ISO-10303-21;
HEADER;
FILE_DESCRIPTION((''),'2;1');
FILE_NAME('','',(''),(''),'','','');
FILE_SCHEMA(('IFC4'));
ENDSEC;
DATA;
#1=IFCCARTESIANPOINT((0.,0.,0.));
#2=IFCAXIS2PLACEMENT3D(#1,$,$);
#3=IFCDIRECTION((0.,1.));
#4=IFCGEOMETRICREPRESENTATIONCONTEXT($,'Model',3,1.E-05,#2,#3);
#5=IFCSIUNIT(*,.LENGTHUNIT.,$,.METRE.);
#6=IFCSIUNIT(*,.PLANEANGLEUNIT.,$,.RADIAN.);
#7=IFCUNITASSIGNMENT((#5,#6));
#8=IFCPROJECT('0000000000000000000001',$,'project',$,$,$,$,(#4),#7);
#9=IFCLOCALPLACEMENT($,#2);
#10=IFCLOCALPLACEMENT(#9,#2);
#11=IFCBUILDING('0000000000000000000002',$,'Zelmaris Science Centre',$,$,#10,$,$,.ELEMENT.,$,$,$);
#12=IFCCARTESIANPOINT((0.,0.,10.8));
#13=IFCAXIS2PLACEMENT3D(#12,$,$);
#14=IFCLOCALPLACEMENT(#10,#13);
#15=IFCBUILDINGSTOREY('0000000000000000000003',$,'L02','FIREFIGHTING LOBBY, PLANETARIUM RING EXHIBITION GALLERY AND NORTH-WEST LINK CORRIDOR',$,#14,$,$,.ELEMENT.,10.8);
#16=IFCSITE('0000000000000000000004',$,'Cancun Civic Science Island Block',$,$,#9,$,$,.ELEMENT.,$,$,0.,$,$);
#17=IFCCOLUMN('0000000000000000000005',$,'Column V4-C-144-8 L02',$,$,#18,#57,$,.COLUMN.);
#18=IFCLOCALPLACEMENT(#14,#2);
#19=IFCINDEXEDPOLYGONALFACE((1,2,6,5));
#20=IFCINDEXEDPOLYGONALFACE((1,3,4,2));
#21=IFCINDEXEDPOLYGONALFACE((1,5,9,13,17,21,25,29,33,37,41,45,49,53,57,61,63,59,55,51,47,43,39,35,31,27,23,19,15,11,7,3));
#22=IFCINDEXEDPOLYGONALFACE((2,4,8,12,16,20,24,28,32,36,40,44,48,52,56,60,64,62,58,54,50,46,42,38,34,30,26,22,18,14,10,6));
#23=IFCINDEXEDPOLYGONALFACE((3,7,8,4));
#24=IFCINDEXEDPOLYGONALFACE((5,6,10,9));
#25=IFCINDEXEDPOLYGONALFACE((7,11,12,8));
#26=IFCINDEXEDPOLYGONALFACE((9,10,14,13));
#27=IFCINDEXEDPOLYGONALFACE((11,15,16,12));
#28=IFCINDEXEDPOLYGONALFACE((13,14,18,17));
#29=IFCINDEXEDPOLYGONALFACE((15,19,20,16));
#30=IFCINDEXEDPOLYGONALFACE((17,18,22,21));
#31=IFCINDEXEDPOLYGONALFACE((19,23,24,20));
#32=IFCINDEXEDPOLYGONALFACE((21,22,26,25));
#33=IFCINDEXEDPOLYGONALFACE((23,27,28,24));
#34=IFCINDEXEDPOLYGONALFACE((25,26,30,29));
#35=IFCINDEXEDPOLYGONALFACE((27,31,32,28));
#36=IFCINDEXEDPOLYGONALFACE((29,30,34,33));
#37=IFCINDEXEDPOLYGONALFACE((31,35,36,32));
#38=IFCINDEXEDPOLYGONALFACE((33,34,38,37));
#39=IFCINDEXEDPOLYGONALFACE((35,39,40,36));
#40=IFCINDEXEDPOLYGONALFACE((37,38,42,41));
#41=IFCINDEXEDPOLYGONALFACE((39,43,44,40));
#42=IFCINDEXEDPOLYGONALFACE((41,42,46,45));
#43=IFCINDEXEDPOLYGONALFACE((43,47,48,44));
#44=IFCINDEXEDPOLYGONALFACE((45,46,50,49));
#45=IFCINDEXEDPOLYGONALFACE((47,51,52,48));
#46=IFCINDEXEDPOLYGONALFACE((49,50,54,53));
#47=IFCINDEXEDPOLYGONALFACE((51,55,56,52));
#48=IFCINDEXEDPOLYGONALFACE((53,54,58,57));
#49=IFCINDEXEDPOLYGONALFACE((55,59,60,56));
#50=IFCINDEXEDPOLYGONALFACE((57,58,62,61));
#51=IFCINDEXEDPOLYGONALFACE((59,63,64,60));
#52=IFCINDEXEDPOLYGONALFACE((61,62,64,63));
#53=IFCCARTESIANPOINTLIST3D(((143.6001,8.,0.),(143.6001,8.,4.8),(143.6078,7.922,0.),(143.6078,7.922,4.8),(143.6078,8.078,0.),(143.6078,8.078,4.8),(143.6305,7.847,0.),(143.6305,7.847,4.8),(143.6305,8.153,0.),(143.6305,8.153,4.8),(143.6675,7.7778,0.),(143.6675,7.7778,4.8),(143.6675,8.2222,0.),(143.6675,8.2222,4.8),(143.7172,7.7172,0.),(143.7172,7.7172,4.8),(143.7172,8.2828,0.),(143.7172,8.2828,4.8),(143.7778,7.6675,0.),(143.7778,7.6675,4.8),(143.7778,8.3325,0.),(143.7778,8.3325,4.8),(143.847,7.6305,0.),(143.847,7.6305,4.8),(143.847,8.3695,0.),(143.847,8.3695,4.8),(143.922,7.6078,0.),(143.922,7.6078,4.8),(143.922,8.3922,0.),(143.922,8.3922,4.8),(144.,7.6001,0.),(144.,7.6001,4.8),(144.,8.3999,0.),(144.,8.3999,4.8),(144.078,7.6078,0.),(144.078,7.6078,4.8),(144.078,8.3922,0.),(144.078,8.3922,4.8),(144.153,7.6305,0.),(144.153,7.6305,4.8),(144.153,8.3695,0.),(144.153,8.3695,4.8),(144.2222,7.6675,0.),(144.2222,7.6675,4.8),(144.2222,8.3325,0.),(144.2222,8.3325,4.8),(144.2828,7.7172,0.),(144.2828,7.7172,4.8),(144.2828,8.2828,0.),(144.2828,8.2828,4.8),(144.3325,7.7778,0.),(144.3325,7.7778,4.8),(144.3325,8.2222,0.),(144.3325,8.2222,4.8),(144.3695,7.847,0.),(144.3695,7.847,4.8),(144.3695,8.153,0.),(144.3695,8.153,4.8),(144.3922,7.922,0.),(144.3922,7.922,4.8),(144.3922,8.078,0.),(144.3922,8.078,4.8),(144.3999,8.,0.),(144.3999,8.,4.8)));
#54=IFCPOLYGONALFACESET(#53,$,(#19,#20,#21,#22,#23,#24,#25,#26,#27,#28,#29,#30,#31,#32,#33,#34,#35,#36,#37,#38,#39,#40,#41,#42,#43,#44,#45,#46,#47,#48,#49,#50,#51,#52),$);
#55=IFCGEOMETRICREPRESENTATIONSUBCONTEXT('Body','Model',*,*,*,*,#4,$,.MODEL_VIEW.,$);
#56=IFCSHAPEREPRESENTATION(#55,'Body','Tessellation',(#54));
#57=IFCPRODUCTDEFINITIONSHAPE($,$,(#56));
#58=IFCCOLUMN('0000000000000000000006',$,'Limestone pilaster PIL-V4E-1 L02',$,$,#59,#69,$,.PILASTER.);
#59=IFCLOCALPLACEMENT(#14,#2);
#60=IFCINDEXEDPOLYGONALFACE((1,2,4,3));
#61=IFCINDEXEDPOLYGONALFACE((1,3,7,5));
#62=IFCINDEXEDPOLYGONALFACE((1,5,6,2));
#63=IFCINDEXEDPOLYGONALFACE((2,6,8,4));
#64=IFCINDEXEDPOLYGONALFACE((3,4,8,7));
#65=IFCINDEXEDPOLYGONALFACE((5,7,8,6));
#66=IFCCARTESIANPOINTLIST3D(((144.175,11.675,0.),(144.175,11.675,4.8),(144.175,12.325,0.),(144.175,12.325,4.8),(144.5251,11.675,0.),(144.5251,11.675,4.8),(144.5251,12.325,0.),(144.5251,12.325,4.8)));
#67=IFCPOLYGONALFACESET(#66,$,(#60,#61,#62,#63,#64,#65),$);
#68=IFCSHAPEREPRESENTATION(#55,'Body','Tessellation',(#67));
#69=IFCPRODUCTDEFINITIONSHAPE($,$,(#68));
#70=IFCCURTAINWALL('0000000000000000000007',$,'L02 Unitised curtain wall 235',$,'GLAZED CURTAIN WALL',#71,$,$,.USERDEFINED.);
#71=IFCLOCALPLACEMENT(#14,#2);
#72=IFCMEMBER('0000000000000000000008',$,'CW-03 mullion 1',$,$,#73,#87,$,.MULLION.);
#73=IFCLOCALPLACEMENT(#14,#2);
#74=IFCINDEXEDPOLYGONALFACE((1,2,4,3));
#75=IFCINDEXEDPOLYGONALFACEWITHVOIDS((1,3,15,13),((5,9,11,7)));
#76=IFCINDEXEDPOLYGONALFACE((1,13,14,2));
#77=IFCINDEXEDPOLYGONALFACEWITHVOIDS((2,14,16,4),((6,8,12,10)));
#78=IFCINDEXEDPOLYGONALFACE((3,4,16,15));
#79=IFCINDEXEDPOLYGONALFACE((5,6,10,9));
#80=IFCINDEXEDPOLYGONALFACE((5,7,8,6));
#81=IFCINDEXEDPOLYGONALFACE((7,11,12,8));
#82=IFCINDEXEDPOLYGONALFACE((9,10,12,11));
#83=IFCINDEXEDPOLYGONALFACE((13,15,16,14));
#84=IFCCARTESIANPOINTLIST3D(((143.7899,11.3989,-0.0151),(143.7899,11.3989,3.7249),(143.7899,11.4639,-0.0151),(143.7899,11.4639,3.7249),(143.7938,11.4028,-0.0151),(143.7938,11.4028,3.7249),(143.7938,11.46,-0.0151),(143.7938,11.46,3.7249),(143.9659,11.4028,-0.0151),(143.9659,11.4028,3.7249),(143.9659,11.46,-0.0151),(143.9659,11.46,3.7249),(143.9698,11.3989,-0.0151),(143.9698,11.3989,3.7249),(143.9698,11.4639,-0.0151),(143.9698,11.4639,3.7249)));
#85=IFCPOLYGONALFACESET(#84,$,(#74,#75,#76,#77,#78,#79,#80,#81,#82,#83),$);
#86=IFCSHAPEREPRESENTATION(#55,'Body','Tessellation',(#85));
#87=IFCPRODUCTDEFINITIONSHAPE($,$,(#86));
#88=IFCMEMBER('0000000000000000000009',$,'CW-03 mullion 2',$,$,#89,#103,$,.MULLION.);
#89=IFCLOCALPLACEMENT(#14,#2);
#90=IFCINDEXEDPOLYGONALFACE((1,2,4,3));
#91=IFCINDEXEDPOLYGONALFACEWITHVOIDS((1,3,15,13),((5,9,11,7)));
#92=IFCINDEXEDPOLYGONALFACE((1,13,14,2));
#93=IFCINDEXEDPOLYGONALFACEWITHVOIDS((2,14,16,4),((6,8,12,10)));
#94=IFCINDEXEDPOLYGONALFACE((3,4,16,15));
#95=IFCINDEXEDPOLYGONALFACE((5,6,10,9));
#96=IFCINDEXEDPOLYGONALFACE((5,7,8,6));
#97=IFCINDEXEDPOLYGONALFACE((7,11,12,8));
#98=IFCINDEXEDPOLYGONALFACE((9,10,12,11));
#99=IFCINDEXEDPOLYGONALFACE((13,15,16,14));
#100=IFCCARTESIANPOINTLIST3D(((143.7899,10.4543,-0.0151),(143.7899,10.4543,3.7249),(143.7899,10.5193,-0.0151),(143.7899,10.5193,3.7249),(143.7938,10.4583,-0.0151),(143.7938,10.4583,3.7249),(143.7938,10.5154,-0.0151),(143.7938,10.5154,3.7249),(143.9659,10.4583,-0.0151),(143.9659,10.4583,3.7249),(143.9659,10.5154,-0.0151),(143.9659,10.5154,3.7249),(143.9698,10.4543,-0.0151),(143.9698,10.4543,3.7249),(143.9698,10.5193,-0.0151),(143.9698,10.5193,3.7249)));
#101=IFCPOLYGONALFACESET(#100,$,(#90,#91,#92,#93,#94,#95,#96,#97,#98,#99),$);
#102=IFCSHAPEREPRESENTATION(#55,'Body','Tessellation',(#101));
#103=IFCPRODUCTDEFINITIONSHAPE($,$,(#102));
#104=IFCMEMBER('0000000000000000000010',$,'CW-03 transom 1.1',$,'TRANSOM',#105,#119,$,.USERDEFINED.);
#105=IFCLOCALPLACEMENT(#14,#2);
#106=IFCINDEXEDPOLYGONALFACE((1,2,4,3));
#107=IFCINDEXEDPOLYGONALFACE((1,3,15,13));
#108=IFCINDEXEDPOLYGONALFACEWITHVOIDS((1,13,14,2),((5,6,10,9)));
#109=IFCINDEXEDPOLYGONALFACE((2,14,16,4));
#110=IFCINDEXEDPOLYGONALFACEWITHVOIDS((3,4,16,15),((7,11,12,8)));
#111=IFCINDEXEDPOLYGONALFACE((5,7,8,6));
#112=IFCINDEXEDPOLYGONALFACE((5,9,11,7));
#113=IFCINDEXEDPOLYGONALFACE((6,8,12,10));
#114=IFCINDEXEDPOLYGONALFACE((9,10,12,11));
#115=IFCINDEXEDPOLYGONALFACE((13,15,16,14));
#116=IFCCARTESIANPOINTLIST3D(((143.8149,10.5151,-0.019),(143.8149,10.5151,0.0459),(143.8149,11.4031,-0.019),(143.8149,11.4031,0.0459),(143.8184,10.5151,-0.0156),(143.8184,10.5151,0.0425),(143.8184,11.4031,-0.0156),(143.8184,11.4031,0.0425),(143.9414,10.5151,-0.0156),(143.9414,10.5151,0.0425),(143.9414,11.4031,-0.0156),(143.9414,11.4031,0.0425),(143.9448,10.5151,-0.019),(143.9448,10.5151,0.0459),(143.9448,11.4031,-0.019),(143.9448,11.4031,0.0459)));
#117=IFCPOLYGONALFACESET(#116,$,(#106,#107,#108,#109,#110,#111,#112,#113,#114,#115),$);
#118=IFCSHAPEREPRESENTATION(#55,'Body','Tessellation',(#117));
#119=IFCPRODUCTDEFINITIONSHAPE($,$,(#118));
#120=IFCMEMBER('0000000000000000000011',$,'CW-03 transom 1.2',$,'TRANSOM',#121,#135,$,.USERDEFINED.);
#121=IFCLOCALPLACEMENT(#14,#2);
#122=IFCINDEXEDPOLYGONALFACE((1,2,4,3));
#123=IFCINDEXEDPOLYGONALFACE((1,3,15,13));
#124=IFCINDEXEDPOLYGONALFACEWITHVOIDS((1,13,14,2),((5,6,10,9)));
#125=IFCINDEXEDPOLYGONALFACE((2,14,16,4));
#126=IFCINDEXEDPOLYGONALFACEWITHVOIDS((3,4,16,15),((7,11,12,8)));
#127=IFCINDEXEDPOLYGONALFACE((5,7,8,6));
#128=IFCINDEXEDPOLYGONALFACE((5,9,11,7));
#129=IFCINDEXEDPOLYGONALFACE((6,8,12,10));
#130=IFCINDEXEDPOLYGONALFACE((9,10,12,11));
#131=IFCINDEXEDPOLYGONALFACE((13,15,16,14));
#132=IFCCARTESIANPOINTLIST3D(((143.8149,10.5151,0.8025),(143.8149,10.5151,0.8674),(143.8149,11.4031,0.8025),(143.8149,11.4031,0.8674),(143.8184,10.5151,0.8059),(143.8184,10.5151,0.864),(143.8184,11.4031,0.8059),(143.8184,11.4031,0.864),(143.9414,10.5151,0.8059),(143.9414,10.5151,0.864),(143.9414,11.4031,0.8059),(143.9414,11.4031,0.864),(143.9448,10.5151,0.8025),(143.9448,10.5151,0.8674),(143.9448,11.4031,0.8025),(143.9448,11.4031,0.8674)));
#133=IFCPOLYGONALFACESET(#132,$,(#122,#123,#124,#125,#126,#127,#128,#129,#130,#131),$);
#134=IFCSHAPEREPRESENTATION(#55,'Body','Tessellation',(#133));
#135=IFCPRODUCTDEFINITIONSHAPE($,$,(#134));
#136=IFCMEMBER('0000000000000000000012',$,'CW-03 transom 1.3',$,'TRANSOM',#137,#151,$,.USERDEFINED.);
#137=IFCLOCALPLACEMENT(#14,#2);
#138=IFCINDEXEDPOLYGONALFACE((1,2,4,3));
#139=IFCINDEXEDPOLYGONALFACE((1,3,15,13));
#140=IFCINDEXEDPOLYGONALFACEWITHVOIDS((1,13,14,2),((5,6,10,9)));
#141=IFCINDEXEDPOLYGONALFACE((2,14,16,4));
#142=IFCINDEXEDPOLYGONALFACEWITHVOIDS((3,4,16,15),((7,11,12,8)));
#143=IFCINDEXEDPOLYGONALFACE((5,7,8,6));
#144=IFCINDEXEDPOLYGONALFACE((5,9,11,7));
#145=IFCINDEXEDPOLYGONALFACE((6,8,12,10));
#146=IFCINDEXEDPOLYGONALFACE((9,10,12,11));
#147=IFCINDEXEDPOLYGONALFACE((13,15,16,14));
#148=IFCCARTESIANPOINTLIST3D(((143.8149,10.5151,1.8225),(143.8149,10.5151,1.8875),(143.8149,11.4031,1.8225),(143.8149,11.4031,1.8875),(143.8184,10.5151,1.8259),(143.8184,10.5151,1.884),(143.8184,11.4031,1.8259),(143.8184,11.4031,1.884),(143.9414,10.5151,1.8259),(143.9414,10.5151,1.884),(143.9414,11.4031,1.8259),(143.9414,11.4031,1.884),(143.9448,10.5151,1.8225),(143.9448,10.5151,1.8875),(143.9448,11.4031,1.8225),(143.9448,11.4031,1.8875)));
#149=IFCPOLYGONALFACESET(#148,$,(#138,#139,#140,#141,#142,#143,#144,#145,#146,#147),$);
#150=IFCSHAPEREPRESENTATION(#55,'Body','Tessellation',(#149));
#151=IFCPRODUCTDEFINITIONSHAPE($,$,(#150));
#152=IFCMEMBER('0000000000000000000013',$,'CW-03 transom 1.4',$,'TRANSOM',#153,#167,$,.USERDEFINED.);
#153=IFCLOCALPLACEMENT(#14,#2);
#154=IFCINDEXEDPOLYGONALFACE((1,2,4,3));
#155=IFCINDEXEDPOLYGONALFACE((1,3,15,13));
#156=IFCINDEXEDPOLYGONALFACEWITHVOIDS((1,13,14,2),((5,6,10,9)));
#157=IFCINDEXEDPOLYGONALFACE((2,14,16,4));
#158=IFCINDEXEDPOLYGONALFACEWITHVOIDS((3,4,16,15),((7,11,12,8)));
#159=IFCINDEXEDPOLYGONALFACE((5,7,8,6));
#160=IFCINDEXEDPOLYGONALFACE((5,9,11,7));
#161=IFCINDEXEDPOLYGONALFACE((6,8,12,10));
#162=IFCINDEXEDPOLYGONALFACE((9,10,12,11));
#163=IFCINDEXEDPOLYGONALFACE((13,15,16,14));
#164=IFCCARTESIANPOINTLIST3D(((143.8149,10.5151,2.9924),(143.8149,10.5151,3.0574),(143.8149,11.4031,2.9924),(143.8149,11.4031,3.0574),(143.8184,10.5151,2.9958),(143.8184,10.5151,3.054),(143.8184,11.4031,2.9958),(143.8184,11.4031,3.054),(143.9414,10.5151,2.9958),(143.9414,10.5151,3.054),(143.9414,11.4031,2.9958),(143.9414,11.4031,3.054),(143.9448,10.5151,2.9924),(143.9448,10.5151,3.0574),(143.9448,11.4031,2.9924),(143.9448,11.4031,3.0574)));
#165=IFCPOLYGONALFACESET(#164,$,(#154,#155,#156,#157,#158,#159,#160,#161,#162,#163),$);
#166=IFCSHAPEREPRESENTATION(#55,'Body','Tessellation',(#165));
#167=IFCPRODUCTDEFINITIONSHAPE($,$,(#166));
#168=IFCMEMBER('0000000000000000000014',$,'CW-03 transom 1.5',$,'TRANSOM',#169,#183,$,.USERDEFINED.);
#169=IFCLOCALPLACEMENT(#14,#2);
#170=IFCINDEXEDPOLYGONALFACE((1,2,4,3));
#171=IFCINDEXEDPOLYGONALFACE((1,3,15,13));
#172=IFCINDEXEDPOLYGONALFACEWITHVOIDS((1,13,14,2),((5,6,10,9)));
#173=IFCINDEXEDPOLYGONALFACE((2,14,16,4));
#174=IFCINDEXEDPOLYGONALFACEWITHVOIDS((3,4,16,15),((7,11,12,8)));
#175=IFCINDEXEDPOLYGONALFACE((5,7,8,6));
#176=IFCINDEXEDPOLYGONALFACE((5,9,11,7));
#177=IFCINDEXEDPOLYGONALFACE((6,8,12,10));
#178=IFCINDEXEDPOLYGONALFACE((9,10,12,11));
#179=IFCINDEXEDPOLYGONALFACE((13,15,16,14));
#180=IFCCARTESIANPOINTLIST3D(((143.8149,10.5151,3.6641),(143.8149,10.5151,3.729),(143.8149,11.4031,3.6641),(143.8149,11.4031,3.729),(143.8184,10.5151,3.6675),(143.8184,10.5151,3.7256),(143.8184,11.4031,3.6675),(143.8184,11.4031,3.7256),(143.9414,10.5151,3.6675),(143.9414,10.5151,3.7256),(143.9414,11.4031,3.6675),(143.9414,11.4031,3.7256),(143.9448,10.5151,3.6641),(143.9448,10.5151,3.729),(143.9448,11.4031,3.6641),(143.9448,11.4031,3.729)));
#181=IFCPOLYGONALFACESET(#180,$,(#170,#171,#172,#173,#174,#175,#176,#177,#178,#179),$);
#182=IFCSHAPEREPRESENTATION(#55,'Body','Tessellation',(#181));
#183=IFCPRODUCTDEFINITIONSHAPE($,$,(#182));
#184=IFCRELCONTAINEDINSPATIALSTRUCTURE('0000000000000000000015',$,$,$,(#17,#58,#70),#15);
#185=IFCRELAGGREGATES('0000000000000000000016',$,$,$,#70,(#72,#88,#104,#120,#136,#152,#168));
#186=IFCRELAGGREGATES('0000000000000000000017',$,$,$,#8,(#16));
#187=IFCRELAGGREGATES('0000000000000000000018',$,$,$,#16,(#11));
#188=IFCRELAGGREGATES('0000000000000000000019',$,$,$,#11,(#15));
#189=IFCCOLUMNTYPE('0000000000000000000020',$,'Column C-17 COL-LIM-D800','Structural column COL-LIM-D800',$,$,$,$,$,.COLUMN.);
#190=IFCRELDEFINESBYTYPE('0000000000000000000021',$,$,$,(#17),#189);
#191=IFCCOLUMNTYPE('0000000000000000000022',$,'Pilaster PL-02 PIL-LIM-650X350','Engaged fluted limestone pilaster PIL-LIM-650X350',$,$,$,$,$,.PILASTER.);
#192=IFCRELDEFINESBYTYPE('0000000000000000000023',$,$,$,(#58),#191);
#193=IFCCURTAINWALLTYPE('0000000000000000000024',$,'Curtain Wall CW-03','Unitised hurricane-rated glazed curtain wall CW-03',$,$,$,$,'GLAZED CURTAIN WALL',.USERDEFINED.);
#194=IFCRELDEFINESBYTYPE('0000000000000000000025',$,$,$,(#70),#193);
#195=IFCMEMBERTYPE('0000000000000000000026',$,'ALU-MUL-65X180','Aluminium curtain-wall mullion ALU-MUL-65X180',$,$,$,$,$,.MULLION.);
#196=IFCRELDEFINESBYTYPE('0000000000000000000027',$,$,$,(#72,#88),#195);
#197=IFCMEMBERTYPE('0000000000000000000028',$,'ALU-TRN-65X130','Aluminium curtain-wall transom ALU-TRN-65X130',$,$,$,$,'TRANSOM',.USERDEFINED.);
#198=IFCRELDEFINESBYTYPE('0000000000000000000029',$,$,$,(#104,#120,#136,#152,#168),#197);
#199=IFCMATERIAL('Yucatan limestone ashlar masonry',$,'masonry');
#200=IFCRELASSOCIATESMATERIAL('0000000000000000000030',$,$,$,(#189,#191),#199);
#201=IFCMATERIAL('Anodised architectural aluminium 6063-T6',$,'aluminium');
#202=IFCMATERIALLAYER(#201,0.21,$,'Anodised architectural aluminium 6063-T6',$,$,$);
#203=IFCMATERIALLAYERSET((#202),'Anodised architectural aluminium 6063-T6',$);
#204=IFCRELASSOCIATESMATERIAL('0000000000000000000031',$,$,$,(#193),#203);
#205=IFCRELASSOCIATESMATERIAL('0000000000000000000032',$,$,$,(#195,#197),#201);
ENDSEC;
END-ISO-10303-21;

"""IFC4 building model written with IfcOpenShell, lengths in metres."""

from ifc_helpers import new_model, si_unit, direction, frame, origin, origin_2d, place, context, subcontext, project, spatial, rectangle, hollow_rectangle, circle, extrude, material, layer, layer_set, material_profile, profile_set, type_object, element, aggregate, save


model = new_model("IFC4")

# Units and contexts
model_context = context("Model", 3, precision=1e-05, world=origin(), true_north=direction((0.0, 1.0)))
body_context = subcontext(model_context, "Body", "Model", "MODEL_VIEW")
ifc_project = project(units=[si_unit("LENGTHUNIT", "METRE"), si_unit("PLANEANGLEUNIT", "RADIAN")], contexts=[model_context])

# Site, building, storey
site_placement = place(None, origin())
site = spatial("IfcSite", under=ifc_project, at=site_placement, Name="Cancun Civic Science Island Block", CompositionType="ELEMENT", RefElevation=0.0)
building_placement = place(site_placement, origin())
building = spatial("IfcBuilding", under=site, at=building_placement, Name="Zelmaris Science Centre", CompositionType="ELEMENT")
storey_placement = place(building_placement, frame((0.0, 0.0, 10.8)))
storey = spatial("IfcBuildingStorey", under=building, at=storey_placement, Name="L02", Description="FIREFIGHTING LOBBY, PLANETARIUM RING EXHIBITION GALLERY AND NORTH-WEST LINK CORRIDOR", CompositionType="ELEMENT", Elevation=10.8)

# Columns
ifc_material_1 = material(Name="Yucatan limestone ashlar masonry", Category="masonry")
ifc_material_profile_1 = material_profile(ifc_material_1, circle(Radius=0.3999, at=origin_2d()), Name="COL-LIM-D800")
ifc_profile_set_1 = profile_set([ifc_material_profile_1], Name="Yucatan limestone ashlar masonry")
column_type_1 = type_object("IfcColumnType", Name="Column C-17 COL-LIM-D800", Description="Structural column COL-LIM-D800", PredefinedType="COLUMN", material=ifc_profile_set_1)
column_1_placement = place(storey_placement, frame((144.0, 8.0, 0.0), z_axis=(0.0, 0.0, 1.0), x_axis=(1.0, 0.0, 0.0)))
element("IfcColumn", 1, at=column_1_placement, inside=storey, type_object=column_type_1, Name="Column V4-C-144-8 L02", PredefinedType="COLUMN", context=body_context, shape_type="SweptSolid", body=[
    extrude(circle(Radius=0.3999, at=origin_2d()), origin(), (0.0, 0.0, 1.0), 4.8),
])
ifc_material_profile_2 = material_profile(ifc_material_1, rectangle(XDim=0.6499, YDim=0.3501, at=origin_2d()), Name="PIL-LIM-650X350")
ifc_profile_set_2 = profile_set([ifc_material_profile_2], Name="Yucatan limestone ashlar masonry")
column_type_2 = type_object("IfcColumnType", Name="Pilaster PL-02 PIL-LIM-650X350", Description="Engaged fluted limestone pilaster PIL-LIM-650X350", PredefinedType="PILASTER", material=ifc_profile_set_2)
column_2_placement = place(storey_placement, frame((144.3501, 12.0, 0.0), z_axis=(0.0, 0.0, 1.0), x_axis=(0.0, 1.0, 0.0)))
element("IfcColumn", 2, at=column_2_placement, inside=storey, type_object=column_type_2, Name="Limestone pilaster PIL-V4E-1 L02", PredefinedType="PILASTER", context=body_context, shape_type="SweptSolid", body=[
    extrude(rectangle(XDim=0.6499, YDim=0.3501, at=origin_2d()), origin(), (0.0, 0.0, 1.0), 4.8),
])

# Curtain wall, members
ifc_material_2 = material(Name="Anodised architectural aluminium 6063-T6", Category="aluminium")
ifc_layer_1 = layer(ifc_material_2, 0.21, Name="Anodised architectural aluminium 6063-T6")
ifc_layer_set_1 = layer_set([ifc_layer_1], Name="Anodised architectural aluminium 6063-T6")
curtain_wall_type = type_object("IfcCurtainWallType", Name="Curtain Wall CW-03", Description="Unitised hurricane-rated glazed curtain wall CW-03", ElementType="GLAZED CURTAIN WALL", PredefinedType="USERDEFINED", material=ifc_layer_set_1)
curtain_wall_placement = place(storey_placement, origin())
curtain_wall = element("IfcCurtainWall", 3, at=curtain_wall_placement, inside=storey, type_object=curtain_wall_type, Name="L02 Unitised curtain wall 235", ObjectType="GLAZED CURTAIN WALL", PredefinedType="USERDEFINED")
ifc_material_profile_3 = material_profile(ifc_material_2, hollow_rectangle(XDim=0.0649, YDim=0.1799, WallThickness=0.0039, at=origin_2d()), Name="ALU-MUL-65X180")
ifc_profile_set_3 = profile_set([ifc_material_profile_3], Name="Anodised architectural aluminium 6063-T6")
member_type_1 = type_object("IfcMemberType", Name="ALU-MUL-65X180", Description="Aluminium curtain-wall mullion ALU-MUL-65X180", PredefinedType="MULLION", material=ifc_profile_set_3)
member_1_placement = place(storey_placement, frame((143.8799, 11.4314, -0.0151), z_axis=(0.0, 0.0, 1.0), x_axis=(0.0, -1.0, 0.0)))
member_1 = element("IfcMember", 4, at=member_1_placement, type_object=member_type_1, Name="CW-03 mullion 1", PredefinedType="MULLION", context=body_context, shape_type="SweptSolid", body=[
    extrude(hollow_rectangle(XDim=0.0649, YDim=0.1799, WallThickness=0.0039, at=origin_2d()), origin(), (0.0, 0.0, 1.0), 3.74),
])
member_2_placement = place(storey_placement, frame((143.8799, 10.4868, -0.0151), z_axis=(0.0, 0.0, 1.0), x_axis=(0.0, -1.0, 0.0)))
member_2 = element("IfcMember", 5, at=member_2_placement, type_object=member_type_1, Name="CW-03 mullion 2", PredefinedType="MULLION", context=body_context, shape_type="SweptSolid", body=[
    extrude(hollow_rectangle(XDim=0.0649, YDim=0.1799, WallThickness=0.0039, at=origin_2d()), origin(), (0.0, 0.0, 1.0), 3.74),
])
ifc_material_profile_4 = material_profile(ifc_material_2, hollow_rectangle(XDim=0.0649, YDim=0.1299, WallThickness=0.0034, at=origin_2d()), Name="ALU-TRN-65X130")
ifc_profile_set_4 = profile_set([ifc_material_profile_4], Name="Anodised architectural aluminium 6063-T6")
member_type_2 = type_object("IfcMemberType", Name="ALU-TRN-65X130", Description="Aluminium curtain-wall transom ALU-TRN-65X130", ElementType="TRANSOM", PredefinedType="USERDEFINED", material=ifc_profile_set_4)
member_3_placement = place(storey_placement, frame((143.8799, 11.4031, 0.0134), z_axis=(0.0, -1.0, 0.0), x_axis=(0.0, 0.0, 1.0)))
member_3 = element("IfcMember", 6, at=member_3_placement, type_object=member_type_2, Name="CW-03 transom 1.1", ObjectType="TRANSOM", PredefinedType="USERDEFINED", context=body_context, shape_type="SweptSolid", body=[
    extrude(hollow_rectangle(XDim=0.0649, YDim=0.1299, WallThickness=0.0034, at=origin_2d()), origin(), (0.0, 0.0, 1.0), 0.8879),
])
member_4_placement = place(storey_placement, frame((143.8799, 11.4031, 0.835), z_axis=(0.0, -1.0, 0.0), x_axis=(0.0, 0.0, 1.0)))
member_4 = element("IfcMember", 7, at=member_4_placement, type_object=member_type_2, Name="CW-03 transom 1.2", ObjectType="TRANSOM", PredefinedType="USERDEFINED", context=body_context, shape_type="SweptSolid", body=[
    extrude(hollow_rectangle(XDim=0.0649, YDim=0.1299, WallThickness=0.0034, at=origin_2d()), origin(), (0.0, 0.0, 1.0), 0.8879),
])
member_5_placement = place(storey_placement, frame((143.8799, 11.4031, 1.855), z_axis=(0.0, -1.0, 0.0), x_axis=(0.0, 0.0, 1.0)))
member_5 = element("IfcMember", 8, at=member_5_placement, type_object=member_type_2, Name="CW-03 transom 1.3", ObjectType="TRANSOM", PredefinedType="USERDEFINED", context=body_context, shape_type="SweptSolid", body=[
    extrude(hollow_rectangle(XDim=0.0649, YDim=0.1299, WallThickness=0.0034, at=origin_2d()), origin(), (0.0, 0.0, 1.0), 0.8879),
])
member_6_placement = place(storey_placement, frame((143.8799, 11.4031, 3.0249), z_axis=(0.0, -1.0, 0.0), x_axis=(0.0, 0.0, 1.0)))
member_6 = element("IfcMember", 9, at=member_6_placement, type_object=member_type_2, Name="CW-03 transom 1.4", ObjectType="TRANSOM", PredefinedType="USERDEFINED", context=body_context, shape_type="SweptSolid", body=[
    extrude(hollow_rectangle(XDim=0.0649, YDim=0.1299, WallThickness=0.0034, at=origin_2d()), origin(), (0.0, 0.0, 1.0), 0.8879),
])
member_7_placement = place(storey_placement, frame((143.8799, 11.4031, 3.6965), z_axis=(0.0, -1.0, 0.0), x_axis=(0.0, 0.0, 1.0)))
member_7 = element("IfcMember", 10, at=member_7_placement, type_object=member_type_2, Name="CW-03 transom 1.5", ObjectType="TRANSOM", PredefinedType="USERDEFINED", context=body_context, shape_type="SweptSolid", body=[
    extrude(hollow_rectangle(XDim=0.0649, YDim=0.1299, WallThickness=0.0034, at=origin_2d()), origin(), (0.0, 0.0, 1.0), 0.8879),
])

aggregate(curtain_wall, [member_1, member_2, member_3, member_4, member_5, member_6, member_7])

save(model, "model.ifc")
